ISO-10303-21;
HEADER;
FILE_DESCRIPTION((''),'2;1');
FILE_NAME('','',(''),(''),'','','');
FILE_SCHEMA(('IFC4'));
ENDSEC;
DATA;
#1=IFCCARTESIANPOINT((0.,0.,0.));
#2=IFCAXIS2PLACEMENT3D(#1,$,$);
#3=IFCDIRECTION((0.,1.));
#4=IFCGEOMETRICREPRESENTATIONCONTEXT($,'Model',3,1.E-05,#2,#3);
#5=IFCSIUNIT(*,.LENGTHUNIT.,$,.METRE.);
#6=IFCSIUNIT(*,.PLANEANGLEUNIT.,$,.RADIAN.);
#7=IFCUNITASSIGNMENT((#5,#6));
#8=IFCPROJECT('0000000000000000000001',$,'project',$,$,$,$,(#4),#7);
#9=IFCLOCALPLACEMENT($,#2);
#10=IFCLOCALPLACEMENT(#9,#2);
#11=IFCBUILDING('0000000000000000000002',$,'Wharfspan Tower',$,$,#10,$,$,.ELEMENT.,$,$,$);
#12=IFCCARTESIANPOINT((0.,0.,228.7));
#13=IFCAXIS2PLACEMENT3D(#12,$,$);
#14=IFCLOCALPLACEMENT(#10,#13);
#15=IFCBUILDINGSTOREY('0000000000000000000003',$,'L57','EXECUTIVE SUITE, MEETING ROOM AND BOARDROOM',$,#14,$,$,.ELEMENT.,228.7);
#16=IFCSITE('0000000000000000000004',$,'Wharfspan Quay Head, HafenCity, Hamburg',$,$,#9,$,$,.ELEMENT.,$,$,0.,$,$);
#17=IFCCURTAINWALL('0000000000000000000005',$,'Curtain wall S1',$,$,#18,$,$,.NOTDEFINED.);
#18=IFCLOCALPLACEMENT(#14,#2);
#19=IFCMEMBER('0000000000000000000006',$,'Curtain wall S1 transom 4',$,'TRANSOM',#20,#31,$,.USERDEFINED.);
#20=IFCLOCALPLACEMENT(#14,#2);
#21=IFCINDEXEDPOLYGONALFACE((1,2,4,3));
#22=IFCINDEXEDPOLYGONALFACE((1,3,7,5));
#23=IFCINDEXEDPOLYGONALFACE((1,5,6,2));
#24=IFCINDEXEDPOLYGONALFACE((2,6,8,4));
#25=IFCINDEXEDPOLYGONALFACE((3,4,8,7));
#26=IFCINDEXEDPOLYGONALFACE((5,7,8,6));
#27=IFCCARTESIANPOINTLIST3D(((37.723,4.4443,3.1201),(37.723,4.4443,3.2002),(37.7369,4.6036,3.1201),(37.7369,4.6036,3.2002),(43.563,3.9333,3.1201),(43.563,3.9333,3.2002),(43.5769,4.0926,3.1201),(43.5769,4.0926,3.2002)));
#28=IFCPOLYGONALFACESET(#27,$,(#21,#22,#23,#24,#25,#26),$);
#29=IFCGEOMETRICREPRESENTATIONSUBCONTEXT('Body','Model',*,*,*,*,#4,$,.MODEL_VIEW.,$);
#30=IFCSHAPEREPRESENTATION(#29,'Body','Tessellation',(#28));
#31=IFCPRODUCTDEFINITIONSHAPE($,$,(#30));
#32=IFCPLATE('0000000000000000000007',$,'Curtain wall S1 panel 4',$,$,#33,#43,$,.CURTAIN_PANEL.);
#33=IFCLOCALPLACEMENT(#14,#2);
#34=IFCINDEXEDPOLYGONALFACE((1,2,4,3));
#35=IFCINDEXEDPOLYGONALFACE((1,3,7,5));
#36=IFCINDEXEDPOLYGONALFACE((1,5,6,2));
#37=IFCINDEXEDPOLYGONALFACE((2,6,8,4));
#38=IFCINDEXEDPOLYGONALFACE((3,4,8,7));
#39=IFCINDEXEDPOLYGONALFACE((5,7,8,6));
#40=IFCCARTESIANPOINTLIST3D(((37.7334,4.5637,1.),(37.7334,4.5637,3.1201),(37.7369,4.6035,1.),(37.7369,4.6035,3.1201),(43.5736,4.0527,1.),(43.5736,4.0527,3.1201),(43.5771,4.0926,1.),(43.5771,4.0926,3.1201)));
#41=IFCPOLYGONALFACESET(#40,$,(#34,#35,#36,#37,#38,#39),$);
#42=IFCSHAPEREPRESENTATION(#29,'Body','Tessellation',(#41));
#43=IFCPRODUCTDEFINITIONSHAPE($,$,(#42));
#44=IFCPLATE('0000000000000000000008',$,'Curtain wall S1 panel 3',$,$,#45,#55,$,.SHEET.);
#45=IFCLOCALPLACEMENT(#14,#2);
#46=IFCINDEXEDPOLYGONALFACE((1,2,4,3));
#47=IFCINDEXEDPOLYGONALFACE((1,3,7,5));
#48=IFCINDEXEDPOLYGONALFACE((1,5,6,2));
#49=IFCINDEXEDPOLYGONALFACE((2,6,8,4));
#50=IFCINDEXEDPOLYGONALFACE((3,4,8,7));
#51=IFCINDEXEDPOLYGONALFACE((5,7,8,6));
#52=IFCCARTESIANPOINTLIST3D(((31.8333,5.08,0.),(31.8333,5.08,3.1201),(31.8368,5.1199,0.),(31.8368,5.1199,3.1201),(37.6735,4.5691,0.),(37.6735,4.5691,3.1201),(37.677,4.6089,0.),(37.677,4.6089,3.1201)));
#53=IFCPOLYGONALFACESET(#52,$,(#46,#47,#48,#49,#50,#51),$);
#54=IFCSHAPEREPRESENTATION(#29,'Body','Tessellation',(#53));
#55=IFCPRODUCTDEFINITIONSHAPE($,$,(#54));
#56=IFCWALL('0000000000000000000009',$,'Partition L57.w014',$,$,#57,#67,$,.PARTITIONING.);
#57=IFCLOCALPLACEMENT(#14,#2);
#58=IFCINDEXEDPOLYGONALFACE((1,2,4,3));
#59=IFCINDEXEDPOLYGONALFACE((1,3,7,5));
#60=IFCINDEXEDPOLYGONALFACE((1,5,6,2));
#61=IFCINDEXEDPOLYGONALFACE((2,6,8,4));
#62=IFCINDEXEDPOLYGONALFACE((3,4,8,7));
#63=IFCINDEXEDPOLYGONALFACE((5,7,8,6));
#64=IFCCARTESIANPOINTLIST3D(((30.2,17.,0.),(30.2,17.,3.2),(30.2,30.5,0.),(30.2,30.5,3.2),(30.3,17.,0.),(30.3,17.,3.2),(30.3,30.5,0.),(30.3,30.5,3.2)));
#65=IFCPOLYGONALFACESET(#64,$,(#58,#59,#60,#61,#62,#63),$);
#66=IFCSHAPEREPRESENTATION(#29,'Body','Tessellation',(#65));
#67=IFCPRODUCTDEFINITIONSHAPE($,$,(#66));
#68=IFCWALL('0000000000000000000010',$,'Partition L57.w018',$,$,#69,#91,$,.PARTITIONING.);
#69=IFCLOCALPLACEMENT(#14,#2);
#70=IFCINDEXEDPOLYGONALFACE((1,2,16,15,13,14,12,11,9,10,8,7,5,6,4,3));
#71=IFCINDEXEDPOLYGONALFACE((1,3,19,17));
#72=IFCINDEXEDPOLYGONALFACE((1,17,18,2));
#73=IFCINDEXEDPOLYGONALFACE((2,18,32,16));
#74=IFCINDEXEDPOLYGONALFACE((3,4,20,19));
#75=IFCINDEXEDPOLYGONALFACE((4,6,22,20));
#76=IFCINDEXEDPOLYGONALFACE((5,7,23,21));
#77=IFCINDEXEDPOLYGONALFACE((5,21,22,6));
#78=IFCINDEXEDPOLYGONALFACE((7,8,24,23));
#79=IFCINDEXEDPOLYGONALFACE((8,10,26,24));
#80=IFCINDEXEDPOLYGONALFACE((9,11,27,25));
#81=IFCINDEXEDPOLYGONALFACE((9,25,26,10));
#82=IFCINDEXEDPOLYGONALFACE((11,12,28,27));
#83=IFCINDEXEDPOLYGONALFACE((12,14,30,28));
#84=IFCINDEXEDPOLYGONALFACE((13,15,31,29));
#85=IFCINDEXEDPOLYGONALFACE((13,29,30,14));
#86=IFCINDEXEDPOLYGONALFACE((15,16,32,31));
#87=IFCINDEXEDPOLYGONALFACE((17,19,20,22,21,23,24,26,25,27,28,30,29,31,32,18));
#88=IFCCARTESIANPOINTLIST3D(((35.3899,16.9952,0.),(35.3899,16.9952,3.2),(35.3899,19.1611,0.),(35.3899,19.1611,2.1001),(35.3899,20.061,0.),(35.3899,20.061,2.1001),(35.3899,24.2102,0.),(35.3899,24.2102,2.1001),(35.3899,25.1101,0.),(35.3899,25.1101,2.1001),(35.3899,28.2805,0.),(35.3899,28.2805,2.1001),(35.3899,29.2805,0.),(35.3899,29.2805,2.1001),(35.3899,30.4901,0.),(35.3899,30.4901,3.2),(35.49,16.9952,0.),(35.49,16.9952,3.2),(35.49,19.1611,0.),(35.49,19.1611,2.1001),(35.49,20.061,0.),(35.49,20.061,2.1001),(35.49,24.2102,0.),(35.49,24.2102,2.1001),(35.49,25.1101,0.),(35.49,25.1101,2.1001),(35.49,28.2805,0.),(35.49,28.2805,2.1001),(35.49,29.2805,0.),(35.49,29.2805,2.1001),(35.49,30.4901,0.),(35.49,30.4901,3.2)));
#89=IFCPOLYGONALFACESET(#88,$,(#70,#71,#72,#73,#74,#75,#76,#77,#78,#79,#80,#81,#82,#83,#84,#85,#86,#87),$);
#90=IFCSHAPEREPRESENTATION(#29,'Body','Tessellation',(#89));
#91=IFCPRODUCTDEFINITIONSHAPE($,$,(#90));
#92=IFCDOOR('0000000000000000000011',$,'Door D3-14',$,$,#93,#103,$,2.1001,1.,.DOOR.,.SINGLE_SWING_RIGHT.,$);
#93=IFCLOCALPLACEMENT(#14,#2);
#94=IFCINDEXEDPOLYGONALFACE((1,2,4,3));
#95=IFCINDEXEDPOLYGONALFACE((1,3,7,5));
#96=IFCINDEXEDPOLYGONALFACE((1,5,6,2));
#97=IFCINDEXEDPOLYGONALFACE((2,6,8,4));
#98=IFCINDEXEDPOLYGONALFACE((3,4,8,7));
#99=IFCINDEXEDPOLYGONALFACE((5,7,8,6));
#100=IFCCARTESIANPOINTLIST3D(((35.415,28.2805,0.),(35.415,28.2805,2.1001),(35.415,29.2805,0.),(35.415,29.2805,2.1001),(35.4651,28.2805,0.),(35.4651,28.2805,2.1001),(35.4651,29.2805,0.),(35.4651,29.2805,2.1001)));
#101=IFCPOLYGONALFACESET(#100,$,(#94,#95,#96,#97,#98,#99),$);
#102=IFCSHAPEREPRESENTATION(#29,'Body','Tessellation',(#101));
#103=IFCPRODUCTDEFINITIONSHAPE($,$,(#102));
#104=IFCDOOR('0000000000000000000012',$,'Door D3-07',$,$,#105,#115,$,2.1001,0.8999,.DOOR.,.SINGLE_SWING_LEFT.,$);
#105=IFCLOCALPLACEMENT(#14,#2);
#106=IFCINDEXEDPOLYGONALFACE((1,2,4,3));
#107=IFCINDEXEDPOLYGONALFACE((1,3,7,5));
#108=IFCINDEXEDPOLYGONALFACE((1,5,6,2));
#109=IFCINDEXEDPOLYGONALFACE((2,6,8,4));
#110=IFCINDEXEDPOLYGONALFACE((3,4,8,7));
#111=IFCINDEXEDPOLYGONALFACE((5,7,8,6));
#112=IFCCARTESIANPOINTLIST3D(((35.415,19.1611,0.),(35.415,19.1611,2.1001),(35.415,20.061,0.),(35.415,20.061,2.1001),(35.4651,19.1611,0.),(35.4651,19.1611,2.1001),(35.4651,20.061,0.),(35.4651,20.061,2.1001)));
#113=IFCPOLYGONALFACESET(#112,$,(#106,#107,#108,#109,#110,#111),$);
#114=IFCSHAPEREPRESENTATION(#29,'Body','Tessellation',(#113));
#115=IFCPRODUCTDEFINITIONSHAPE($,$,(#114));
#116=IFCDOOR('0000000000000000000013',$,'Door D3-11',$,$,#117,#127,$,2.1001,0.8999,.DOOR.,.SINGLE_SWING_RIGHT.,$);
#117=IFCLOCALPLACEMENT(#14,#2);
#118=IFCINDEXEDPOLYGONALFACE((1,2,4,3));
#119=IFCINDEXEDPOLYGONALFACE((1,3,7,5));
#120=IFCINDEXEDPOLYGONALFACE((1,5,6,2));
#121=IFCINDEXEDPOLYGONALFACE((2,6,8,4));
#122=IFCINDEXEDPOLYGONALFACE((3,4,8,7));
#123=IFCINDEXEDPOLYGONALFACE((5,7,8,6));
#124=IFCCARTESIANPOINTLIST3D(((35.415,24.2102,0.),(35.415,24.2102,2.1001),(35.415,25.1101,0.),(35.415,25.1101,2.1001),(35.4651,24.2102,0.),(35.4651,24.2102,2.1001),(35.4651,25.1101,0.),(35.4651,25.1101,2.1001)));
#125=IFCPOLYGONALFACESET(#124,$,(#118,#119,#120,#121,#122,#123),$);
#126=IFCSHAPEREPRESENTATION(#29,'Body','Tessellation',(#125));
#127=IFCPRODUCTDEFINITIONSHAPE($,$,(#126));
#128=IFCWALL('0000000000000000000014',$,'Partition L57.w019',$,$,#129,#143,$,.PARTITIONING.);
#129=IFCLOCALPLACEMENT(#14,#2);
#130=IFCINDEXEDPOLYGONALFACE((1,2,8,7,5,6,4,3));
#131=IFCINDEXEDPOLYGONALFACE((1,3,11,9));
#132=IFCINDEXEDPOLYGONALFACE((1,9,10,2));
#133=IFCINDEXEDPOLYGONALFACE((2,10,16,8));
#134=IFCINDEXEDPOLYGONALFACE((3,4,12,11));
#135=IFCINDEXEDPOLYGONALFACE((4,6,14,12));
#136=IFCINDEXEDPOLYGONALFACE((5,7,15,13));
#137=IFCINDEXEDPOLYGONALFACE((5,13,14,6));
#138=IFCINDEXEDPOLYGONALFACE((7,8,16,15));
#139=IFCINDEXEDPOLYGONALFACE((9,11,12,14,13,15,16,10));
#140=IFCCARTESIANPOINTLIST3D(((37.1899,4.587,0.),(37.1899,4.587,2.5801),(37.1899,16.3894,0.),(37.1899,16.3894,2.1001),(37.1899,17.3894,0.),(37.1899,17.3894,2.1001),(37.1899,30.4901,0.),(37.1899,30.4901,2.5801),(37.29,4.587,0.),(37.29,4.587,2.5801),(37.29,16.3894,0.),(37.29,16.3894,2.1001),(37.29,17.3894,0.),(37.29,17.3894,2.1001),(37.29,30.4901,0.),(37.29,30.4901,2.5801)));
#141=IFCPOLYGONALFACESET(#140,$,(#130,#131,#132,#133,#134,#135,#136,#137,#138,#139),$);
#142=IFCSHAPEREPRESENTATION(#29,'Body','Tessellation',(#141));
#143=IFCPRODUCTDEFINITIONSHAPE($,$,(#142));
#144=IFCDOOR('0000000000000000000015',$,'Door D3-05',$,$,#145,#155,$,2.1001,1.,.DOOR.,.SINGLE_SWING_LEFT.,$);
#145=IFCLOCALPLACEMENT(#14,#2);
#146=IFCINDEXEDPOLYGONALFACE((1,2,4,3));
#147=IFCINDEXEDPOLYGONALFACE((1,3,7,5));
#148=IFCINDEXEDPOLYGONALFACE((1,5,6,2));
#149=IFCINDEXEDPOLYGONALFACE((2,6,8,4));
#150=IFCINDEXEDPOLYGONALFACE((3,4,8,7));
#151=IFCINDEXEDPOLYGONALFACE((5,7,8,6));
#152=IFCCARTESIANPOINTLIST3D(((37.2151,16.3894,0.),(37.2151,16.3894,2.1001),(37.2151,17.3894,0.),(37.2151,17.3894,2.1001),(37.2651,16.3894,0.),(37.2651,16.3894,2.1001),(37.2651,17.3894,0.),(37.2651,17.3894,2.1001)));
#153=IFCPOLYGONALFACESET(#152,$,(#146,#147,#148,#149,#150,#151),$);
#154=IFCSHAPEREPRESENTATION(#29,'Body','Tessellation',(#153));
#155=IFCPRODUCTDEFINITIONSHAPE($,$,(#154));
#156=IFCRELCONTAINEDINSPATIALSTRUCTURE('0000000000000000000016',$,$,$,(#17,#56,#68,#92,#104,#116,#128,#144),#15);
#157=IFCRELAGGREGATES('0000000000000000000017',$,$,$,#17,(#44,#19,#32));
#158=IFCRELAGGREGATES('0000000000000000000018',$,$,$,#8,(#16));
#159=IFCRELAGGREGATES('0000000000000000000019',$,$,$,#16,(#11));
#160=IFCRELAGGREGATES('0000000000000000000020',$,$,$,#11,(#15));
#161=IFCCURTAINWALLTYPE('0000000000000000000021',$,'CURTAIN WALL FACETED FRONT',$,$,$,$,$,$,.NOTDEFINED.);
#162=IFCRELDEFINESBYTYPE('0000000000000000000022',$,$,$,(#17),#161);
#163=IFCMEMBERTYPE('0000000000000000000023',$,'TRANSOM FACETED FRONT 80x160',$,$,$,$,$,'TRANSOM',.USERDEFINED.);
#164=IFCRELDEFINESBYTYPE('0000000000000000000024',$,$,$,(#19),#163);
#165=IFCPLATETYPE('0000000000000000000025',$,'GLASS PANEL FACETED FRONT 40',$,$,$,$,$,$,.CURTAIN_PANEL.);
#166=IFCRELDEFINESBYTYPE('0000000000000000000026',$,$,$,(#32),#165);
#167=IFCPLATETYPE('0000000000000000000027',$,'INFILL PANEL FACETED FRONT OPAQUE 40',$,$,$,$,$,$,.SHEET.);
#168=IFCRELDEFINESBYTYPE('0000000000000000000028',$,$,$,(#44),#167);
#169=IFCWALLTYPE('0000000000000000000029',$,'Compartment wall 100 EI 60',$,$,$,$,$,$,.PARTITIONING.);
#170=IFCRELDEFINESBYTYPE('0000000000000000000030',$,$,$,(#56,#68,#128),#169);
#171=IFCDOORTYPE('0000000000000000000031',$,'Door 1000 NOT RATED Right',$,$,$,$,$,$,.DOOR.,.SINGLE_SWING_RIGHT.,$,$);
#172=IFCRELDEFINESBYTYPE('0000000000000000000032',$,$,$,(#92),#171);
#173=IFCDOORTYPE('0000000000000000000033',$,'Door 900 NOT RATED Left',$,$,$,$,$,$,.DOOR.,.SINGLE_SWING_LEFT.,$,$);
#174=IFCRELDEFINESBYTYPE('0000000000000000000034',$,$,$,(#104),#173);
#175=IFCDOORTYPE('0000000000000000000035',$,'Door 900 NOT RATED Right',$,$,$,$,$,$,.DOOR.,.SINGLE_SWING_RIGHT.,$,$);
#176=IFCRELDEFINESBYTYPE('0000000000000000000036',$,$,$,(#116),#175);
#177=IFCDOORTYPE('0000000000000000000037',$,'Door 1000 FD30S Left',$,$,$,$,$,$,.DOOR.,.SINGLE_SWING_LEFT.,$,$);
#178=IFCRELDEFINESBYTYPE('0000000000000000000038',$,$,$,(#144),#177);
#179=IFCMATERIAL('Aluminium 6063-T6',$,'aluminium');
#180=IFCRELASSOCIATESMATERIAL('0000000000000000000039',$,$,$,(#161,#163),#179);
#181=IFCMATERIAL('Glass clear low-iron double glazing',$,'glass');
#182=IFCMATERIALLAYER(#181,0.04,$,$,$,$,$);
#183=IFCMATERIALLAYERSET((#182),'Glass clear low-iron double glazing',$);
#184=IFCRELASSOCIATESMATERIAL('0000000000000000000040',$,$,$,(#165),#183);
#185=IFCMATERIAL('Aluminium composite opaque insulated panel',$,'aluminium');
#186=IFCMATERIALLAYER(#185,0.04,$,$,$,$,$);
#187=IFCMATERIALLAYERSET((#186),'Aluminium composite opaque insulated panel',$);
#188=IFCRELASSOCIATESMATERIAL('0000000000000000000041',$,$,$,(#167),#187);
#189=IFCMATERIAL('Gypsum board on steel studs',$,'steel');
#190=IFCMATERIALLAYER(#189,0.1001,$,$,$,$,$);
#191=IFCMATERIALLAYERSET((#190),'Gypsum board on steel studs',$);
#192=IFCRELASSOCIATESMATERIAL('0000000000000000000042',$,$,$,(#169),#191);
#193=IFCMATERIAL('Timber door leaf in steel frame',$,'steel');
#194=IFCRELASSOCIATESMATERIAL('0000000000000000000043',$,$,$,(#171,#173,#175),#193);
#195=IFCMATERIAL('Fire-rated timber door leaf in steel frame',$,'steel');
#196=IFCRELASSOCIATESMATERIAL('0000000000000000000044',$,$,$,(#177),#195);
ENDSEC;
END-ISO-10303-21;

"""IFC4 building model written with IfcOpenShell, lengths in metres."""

from ifc_helpers import new_model, si_unit, direction, frame, frame_2d, origin, origin_2d, place, context, subcontext, project, spatial, rectangle, extrude, material, layer, layer_set, material_profile, profile_set, type_object, element, fill, aggregate, save


model = new_model("IFC4")

# Units and contexts
model_context = context("Model", 3, precision=1e-05, world=origin(), true_north=direction((0.0, 1.0)))
body_context = subcontext(model_context, "Body", "Model", "MODEL_VIEW")
ifc_project = project(units=[si_unit("LENGTHUNIT", "METRE"), si_unit("PLANEANGLEUNIT", "RADIAN")], contexts=[model_context])

# Site, building, storey
site_placement = place(None, origin())
site = spatial("IfcSite", under=ifc_project, at=site_placement, Name="Wharfspan Quay Head, HafenCity, Hamburg", CompositionType="ELEMENT", RefElevation=0.0)
building_placement = place(site_placement, origin())
building = spatial("IfcBuilding", under=site, at=building_placement, Name="Wharfspan Tower", CompositionType="ELEMENT")
storey_placement = place(building_placement, frame((0.0, 0.0, 228.7)))
storey = spatial("IfcBuildingStorey", under=building, at=storey_placement, Name="L57", Description="EXECUTIVE SUITE, MEETING ROOM AND BOARDROOM", CompositionType="ELEMENT", Elevation=228.7)

# Curtain wall, member, plates
ifc_material_1 = material(Name="Aluminium 6063-T6", Category="aluminium")
curtain_wall_type = type_object("IfcCurtainWallType", Name="CURTAIN WALL FACETED FRONT", PredefinedType="NOTDEFINED", material=ifc_material_1)
curtain_wall_placement = place(storey_placement, origin())
curtain_wall = element("IfcCurtainWall", 1, at=curtain_wall_placement, inside=storey, type_object=curtain_wall_type, Name="Curtain wall S1", PredefinedType="NOTDEFINED")
ifc_material_profile_1 = material_profile(ifc_material_1, rectangle(XDim=0.1599, YDim=0.0801, at=origin_2d()))
ifc_profile_set_1 = profile_set([ifc_material_profile_1], Name="Aluminium 6063-T6")
member_type_1 = type_object("IfcMemberType", Name="TRANSOM FACETED FRONT 80x160", ElementType="TRANSOM", PredefinedType="USERDEFINED", material=ifc_profile_set_1)
member_1_placement = place(storey_placement, frame((37.73, 4.5239, 3.1602), z_axis=(0.996194, -0.087163, 0.0), x_axis=(0.087163, 0.996194, 0.0)))
member_1 = element("IfcMember", 2, at=member_1_placement, type_object=member_type_1, Name="Curtain wall S1 transom 4", ObjectType="TRANSOM", PredefinedType="USERDEFINED", context=body_context, shape_type="SweptSolid", body=[
    extrude(rectangle(XDim=0.1599, YDim=0.0801, at=origin_2d()), origin(), (0.0, 0.0, 1.0), 5.8623),
])
ifc_material_2 = material(Name="Glass clear low-iron double glazing", Category="glass")
ifc_layer_1 = layer(ifc_material_2, 0.04)
ifc_layer_set_1 = layer_set([ifc_layer_1], Name="Glass clear low-iron double glazing")
plate_type_1 = type_object("IfcPlateType", Name="GLASS PANEL FACETED FRONT 40", PredefinedType="CURTAIN_PANEL", material=ifc_layer_set_1)
plate_1_placement = place(storey_placement, frame((40.6553, 4.3281, 1.0), z_axis=(0.0, 0.0, 1.0), x_axis=(0.996197, -0.087156, 0.0)))
plate_1 = element("IfcPlate", 3, at=plate_1_placement, type_object=plate_type_1, Name="Curtain wall S1 panel 4", PredefinedType="CURTAIN_PANEL", context=body_context, shape_type="SweptSolid", body=[
    extrude(rectangle(XDim=5.8625, YDim=0.04, at=origin_2d()), origin(), (0.0, 0.0, 1.0), 2.1201),
])
ifc_material_3 = material(Name="Aluminium composite opaque insulated panel", Category="aluminium")
ifc_layer_2 = layer(ifc_material_3, 0.04)
ifc_layer_set_2 = layer_set([ifc_layer_2], Name="Aluminium composite opaque insulated panel")
plate_type_2 = type_object("IfcPlateType", Name="INFILL PANEL FACETED FRONT OPAQUE 40", PredefinedType="SHEET", material=ifc_layer_set_2)
plate_2_placement = place(storey_placement, frame((34.7551, 4.8445, 0.0), z_axis=(0.0, 0.0, 1.0), x_axis=(0.996197, -0.087156, 0.0)))
plate_2 = element("IfcPlate", 4, at=plate_2_placement, type_object=plate_type_2, Name="Curtain wall S1 panel 3", PredefinedType="SHEET", context=body_context, shape_type="SweptSolid", body=[
    extrude(rectangle(XDim=5.8625, YDim=0.04, at=origin_2d()), origin(), (0.0, 0.0, 1.0), 3.1201),
])
aggregate(curtain_wall, [plate_2, member_1, plate_1])

# Wall
ifc_material_4 = material(Name="Gypsum board on steel studs", Category="steel")
ifc_layer_3 = layer(ifc_material_4, 0.1001)
ifc_layer_set_3 = layer_set([ifc_layer_3], Name="Gypsum board on steel studs")
wall_type_1 = type_object("IfcWallType", Name="Compartment wall 100 EI 60", PredefinedType="PARTITIONING", material=ifc_layer_set_3)
wall_1_placement = place(storey_placement, frame((30.25, 17.0, 0.0), z_axis=(0.0, 0.0, 1.0), x_axis=(0.0, 1.0, 0.0)))
element("IfcWall", 5, at=wall_1_placement, inside=storey, type_object=wall_type_1, Name="Partition L57.w014", PredefinedType="PARTITIONING", context=body_context, shape_type="SweptSolid", body=[
    extrude(rectangle(XDim=13.5, YDim=0.1001, at=frame_2d((6.75, 0.0))), origin(), (0.0, 0.0, 1.0), 3.2),
])

# Wall, openings, doors
wall_2_placement = place(storey_placement, frame((35.4399, 16.9951, 0.0), z_axis=(0.0, 0.0, 1.0), x_axis=(0.0, 1.0, 0.0)))
wall_2 = element("IfcWall", 6, at=wall_2_placement, inside=storey, type_object=wall_type_1, Name="Partition L57.w018", PredefinedType="PARTITIONING", context=body_context, shape_type="SweptSolid", body=[
    extrude(rectangle(XDim=13.4949, YDim=0.1001, at=frame_2d((6.7476, 0.0))), origin(), (0.0, 0.0, 1.0), 3.2),
])
opening_1_placement = place(wall_2_placement, frame((2.166, 0.0, 0.0)))
opening_1 = element("IfcOpeningElement", 7, at=opening_1_placement, cuts=wall_2, PredefinedType="OPENING", context=body_context, shape_type="SweptSolid", body=[
    extrude(rectangle(XDim=0.8999, YDim=2.1001, at=frame_2d((0.45, 1.05))), frame((0.0, 0.0601, 0.0), z_axis=(0.0, -1.0, 0.0), x_axis=(1.0, 0.0, 0.0)), (0.0, 0.0, 1.0), 0.1201),
])
opening_2_placement = place(wall_2_placement, frame((7.2151, 0.0, 0.0)))
opening_2 = element("IfcOpeningElement", 8, at=opening_2_placement, cuts=wall_2, PredefinedType="OPENING", context=body_context, shape_type="SweptSolid", body=[
    extrude(rectangle(XDim=0.8999, YDim=2.1001, at=frame_2d((0.45, 1.05))), frame((0.0, 0.0601, 0.0), z_axis=(0.0, -1.0, 0.0), x_axis=(1.0, 0.0, 0.0)), (0.0, 0.0, 1.0), 0.1201),
])
opening_3_placement = place(wall_2_placement, frame((11.2854, 0.0, 0.0)))
opening_3 = element("IfcOpeningElement", 9, at=opening_3_placement, cuts=wall_2, PredefinedType="OPENING", context=body_context, shape_type="SweptSolid", body=[
    extrude(rectangle(XDim=1.0, YDim=2.1001, at=frame_2d((0.5, 1.05))), frame((0.0, 0.0601, 0.0), z_axis=(0.0, -1.0, 0.0), x_axis=(1.0, 0.0, 0.0)), (0.0, 0.0, 1.0), 0.1201),
])
ifc_material_5 = material(Name="Timber door leaf in steel frame", Category="steel")
door_type_1 = type_object("IfcDoorType", Name="Door 1000 NOT RATED Right", OperationType="SINGLE_SWING_RIGHT", PredefinedType="DOOR", material=ifc_material_5)
door_1_placement = place(opening_3_placement, origin())
door_1 = element("IfcDoor", 10, at=door_1_placement, inside=storey, type_object=door_type_1, Name="Door D3-14", OperationType="SINGLE_SWING_RIGHT", OverallHeight=2.1001, OverallWidth=1.0, PredefinedType="DOOR", context=body_context, shape_type="SweptSolid", body=[
    extrude(rectangle(XDim=1.0, YDim=2.1001, at=frame_2d((0.5, 1.05))), frame((0.0, 0.0249, 0.0), z_axis=(0.0, -1.0, 0.0), x_axis=(1.0, 0.0, 0.0)), (0.0, 0.0, 1.0), 0.05),
])
fill(opening_3, door_1)
door_type_2 = type_object("IfcDoorType", Name="Door 900 NOT RATED Left", OperationType="SINGLE_SWING_LEFT", PredefinedType="DOOR", material=ifc_material_5)
door_2_placement = place(opening_1_placement, origin())
door_2 = element("IfcDoor", 11, at=door_2_placement, inside=storey, type_object=door_type_2, Name="Door D3-07", OperationType="SINGLE_SWING_LEFT", OverallHeight=2.1001, OverallWidth=0.8999, PredefinedType="DOOR", context=body_context, shape_type="SweptSolid", body=[
    extrude(rectangle(XDim=0.8999, YDim=2.1001, at=frame_2d((0.45, 1.05))), frame((0.0, 0.0249, 0.0), z_axis=(0.0, -1.0, 0.0), x_axis=(1.0, 0.0, 0.0)), (0.0, 0.0, 1.0), 0.05),
])
fill(opening_1, door_2)
door_type_3 = type_object("IfcDoorType", Name="Door 900 NOT RATED Right", OperationType="SINGLE_SWING_RIGHT", PredefinedType="DOOR", material=ifc_material_5)
door_3_placement = place(opening_2_placement, origin())
door_3 = element("IfcDoor", 12, at=door_3_placement, inside=storey, type_object=door_type_3, Name="Door D3-11", OperationType="SINGLE_SWING_RIGHT", OverallHeight=2.1001, OverallWidth=0.8999, PredefinedType="DOOR", context=body_context, shape_type="SweptSolid", body=[
    extrude(rectangle(XDim=0.8999, YDim=2.1001, at=frame_2d((0.45, 1.05))), frame((0.0, 0.0249, 0.0), z_axis=(0.0, -1.0, 0.0), x_axis=(1.0, 0.0, 0.0)), (0.0, 0.0, 1.0), 0.05),
])
fill(opening_2, door_3)

# Wall, opening, door
wall_3_placement = place(storey_placement, frame((37.24, 4.5869, 0.0), z_axis=(0.0, 0.0, 1.0), x_axis=(0.0, 1.0, 0.0)))
wall_3 = element("IfcWall", 13, at=wall_3_placement, inside=storey, type_object=wall_type_1, Name="Partition L57.w019", PredefinedType="PARTITIONING", context=body_context, shape_type="SweptSolid", body=[
    extrude(rectangle(XDim=25.9031, YDim=0.1001, at=frame_2d((12.9517, 0.0))), origin(), (0.0, 0.0, 1.0), 2.5801),
])
opening_4_placement = place(wall_3_placement, frame((11.8025, 0.0, 0.0)))
opening_4 = element("IfcOpeningElement", 14, at=opening_4_placement, cuts=wall_3, PredefinedType="OPENING", context=body_context, shape_type="SweptSolid", body=[
    extrude(rectangle(XDim=1.0, YDim=2.1001, at=frame_2d((0.5, 1.05))), frame((0.0, 0.0601, 0.0), z_axis=(0.0, -1.0, 0.0), x_axis=(1.0, 0.0, 0.0)), (0.0, 0.0, 1.0), 0.1201),
])
ifc_material_6 = material(Name="Fire-rated timber door leaf in steel frame", Category="steel")
door_type_4 = type_object("IfcDoorType", Name="Door 1000 FD30S Left", OperationType="SINGLE_SWING_LEFT", PredefinedType="DOOR", material=ifc_material_6)
door_4_placement = place(opening_4_placement, origin())
door_4 = element("IfcDoor", 15, at=door_4_placement, inside=storey, type_object=door_type_4, Name="Door D3-05", OperationType="SINGLE_SWING_LEFT", OverallHeight=2.1001, OverallWidth=1.0, PredefinedType="DOOR", context=body_context, shape_type="SweptSolid", body=[
    extrude(rectangle(XDim=1.0, YDim=2.1001, at=frame_2d((0.5, 1.05))), frame((0.0, 0.0249, 0.0), z_axis=(0.0, -1.0, 0.0), x_axis=(1.0, 0.0, 0.0)), (0.0, 0.0, 1.0), 0.05),
])
fill(opening_4, door_4)

save(model, "model.ifc")
